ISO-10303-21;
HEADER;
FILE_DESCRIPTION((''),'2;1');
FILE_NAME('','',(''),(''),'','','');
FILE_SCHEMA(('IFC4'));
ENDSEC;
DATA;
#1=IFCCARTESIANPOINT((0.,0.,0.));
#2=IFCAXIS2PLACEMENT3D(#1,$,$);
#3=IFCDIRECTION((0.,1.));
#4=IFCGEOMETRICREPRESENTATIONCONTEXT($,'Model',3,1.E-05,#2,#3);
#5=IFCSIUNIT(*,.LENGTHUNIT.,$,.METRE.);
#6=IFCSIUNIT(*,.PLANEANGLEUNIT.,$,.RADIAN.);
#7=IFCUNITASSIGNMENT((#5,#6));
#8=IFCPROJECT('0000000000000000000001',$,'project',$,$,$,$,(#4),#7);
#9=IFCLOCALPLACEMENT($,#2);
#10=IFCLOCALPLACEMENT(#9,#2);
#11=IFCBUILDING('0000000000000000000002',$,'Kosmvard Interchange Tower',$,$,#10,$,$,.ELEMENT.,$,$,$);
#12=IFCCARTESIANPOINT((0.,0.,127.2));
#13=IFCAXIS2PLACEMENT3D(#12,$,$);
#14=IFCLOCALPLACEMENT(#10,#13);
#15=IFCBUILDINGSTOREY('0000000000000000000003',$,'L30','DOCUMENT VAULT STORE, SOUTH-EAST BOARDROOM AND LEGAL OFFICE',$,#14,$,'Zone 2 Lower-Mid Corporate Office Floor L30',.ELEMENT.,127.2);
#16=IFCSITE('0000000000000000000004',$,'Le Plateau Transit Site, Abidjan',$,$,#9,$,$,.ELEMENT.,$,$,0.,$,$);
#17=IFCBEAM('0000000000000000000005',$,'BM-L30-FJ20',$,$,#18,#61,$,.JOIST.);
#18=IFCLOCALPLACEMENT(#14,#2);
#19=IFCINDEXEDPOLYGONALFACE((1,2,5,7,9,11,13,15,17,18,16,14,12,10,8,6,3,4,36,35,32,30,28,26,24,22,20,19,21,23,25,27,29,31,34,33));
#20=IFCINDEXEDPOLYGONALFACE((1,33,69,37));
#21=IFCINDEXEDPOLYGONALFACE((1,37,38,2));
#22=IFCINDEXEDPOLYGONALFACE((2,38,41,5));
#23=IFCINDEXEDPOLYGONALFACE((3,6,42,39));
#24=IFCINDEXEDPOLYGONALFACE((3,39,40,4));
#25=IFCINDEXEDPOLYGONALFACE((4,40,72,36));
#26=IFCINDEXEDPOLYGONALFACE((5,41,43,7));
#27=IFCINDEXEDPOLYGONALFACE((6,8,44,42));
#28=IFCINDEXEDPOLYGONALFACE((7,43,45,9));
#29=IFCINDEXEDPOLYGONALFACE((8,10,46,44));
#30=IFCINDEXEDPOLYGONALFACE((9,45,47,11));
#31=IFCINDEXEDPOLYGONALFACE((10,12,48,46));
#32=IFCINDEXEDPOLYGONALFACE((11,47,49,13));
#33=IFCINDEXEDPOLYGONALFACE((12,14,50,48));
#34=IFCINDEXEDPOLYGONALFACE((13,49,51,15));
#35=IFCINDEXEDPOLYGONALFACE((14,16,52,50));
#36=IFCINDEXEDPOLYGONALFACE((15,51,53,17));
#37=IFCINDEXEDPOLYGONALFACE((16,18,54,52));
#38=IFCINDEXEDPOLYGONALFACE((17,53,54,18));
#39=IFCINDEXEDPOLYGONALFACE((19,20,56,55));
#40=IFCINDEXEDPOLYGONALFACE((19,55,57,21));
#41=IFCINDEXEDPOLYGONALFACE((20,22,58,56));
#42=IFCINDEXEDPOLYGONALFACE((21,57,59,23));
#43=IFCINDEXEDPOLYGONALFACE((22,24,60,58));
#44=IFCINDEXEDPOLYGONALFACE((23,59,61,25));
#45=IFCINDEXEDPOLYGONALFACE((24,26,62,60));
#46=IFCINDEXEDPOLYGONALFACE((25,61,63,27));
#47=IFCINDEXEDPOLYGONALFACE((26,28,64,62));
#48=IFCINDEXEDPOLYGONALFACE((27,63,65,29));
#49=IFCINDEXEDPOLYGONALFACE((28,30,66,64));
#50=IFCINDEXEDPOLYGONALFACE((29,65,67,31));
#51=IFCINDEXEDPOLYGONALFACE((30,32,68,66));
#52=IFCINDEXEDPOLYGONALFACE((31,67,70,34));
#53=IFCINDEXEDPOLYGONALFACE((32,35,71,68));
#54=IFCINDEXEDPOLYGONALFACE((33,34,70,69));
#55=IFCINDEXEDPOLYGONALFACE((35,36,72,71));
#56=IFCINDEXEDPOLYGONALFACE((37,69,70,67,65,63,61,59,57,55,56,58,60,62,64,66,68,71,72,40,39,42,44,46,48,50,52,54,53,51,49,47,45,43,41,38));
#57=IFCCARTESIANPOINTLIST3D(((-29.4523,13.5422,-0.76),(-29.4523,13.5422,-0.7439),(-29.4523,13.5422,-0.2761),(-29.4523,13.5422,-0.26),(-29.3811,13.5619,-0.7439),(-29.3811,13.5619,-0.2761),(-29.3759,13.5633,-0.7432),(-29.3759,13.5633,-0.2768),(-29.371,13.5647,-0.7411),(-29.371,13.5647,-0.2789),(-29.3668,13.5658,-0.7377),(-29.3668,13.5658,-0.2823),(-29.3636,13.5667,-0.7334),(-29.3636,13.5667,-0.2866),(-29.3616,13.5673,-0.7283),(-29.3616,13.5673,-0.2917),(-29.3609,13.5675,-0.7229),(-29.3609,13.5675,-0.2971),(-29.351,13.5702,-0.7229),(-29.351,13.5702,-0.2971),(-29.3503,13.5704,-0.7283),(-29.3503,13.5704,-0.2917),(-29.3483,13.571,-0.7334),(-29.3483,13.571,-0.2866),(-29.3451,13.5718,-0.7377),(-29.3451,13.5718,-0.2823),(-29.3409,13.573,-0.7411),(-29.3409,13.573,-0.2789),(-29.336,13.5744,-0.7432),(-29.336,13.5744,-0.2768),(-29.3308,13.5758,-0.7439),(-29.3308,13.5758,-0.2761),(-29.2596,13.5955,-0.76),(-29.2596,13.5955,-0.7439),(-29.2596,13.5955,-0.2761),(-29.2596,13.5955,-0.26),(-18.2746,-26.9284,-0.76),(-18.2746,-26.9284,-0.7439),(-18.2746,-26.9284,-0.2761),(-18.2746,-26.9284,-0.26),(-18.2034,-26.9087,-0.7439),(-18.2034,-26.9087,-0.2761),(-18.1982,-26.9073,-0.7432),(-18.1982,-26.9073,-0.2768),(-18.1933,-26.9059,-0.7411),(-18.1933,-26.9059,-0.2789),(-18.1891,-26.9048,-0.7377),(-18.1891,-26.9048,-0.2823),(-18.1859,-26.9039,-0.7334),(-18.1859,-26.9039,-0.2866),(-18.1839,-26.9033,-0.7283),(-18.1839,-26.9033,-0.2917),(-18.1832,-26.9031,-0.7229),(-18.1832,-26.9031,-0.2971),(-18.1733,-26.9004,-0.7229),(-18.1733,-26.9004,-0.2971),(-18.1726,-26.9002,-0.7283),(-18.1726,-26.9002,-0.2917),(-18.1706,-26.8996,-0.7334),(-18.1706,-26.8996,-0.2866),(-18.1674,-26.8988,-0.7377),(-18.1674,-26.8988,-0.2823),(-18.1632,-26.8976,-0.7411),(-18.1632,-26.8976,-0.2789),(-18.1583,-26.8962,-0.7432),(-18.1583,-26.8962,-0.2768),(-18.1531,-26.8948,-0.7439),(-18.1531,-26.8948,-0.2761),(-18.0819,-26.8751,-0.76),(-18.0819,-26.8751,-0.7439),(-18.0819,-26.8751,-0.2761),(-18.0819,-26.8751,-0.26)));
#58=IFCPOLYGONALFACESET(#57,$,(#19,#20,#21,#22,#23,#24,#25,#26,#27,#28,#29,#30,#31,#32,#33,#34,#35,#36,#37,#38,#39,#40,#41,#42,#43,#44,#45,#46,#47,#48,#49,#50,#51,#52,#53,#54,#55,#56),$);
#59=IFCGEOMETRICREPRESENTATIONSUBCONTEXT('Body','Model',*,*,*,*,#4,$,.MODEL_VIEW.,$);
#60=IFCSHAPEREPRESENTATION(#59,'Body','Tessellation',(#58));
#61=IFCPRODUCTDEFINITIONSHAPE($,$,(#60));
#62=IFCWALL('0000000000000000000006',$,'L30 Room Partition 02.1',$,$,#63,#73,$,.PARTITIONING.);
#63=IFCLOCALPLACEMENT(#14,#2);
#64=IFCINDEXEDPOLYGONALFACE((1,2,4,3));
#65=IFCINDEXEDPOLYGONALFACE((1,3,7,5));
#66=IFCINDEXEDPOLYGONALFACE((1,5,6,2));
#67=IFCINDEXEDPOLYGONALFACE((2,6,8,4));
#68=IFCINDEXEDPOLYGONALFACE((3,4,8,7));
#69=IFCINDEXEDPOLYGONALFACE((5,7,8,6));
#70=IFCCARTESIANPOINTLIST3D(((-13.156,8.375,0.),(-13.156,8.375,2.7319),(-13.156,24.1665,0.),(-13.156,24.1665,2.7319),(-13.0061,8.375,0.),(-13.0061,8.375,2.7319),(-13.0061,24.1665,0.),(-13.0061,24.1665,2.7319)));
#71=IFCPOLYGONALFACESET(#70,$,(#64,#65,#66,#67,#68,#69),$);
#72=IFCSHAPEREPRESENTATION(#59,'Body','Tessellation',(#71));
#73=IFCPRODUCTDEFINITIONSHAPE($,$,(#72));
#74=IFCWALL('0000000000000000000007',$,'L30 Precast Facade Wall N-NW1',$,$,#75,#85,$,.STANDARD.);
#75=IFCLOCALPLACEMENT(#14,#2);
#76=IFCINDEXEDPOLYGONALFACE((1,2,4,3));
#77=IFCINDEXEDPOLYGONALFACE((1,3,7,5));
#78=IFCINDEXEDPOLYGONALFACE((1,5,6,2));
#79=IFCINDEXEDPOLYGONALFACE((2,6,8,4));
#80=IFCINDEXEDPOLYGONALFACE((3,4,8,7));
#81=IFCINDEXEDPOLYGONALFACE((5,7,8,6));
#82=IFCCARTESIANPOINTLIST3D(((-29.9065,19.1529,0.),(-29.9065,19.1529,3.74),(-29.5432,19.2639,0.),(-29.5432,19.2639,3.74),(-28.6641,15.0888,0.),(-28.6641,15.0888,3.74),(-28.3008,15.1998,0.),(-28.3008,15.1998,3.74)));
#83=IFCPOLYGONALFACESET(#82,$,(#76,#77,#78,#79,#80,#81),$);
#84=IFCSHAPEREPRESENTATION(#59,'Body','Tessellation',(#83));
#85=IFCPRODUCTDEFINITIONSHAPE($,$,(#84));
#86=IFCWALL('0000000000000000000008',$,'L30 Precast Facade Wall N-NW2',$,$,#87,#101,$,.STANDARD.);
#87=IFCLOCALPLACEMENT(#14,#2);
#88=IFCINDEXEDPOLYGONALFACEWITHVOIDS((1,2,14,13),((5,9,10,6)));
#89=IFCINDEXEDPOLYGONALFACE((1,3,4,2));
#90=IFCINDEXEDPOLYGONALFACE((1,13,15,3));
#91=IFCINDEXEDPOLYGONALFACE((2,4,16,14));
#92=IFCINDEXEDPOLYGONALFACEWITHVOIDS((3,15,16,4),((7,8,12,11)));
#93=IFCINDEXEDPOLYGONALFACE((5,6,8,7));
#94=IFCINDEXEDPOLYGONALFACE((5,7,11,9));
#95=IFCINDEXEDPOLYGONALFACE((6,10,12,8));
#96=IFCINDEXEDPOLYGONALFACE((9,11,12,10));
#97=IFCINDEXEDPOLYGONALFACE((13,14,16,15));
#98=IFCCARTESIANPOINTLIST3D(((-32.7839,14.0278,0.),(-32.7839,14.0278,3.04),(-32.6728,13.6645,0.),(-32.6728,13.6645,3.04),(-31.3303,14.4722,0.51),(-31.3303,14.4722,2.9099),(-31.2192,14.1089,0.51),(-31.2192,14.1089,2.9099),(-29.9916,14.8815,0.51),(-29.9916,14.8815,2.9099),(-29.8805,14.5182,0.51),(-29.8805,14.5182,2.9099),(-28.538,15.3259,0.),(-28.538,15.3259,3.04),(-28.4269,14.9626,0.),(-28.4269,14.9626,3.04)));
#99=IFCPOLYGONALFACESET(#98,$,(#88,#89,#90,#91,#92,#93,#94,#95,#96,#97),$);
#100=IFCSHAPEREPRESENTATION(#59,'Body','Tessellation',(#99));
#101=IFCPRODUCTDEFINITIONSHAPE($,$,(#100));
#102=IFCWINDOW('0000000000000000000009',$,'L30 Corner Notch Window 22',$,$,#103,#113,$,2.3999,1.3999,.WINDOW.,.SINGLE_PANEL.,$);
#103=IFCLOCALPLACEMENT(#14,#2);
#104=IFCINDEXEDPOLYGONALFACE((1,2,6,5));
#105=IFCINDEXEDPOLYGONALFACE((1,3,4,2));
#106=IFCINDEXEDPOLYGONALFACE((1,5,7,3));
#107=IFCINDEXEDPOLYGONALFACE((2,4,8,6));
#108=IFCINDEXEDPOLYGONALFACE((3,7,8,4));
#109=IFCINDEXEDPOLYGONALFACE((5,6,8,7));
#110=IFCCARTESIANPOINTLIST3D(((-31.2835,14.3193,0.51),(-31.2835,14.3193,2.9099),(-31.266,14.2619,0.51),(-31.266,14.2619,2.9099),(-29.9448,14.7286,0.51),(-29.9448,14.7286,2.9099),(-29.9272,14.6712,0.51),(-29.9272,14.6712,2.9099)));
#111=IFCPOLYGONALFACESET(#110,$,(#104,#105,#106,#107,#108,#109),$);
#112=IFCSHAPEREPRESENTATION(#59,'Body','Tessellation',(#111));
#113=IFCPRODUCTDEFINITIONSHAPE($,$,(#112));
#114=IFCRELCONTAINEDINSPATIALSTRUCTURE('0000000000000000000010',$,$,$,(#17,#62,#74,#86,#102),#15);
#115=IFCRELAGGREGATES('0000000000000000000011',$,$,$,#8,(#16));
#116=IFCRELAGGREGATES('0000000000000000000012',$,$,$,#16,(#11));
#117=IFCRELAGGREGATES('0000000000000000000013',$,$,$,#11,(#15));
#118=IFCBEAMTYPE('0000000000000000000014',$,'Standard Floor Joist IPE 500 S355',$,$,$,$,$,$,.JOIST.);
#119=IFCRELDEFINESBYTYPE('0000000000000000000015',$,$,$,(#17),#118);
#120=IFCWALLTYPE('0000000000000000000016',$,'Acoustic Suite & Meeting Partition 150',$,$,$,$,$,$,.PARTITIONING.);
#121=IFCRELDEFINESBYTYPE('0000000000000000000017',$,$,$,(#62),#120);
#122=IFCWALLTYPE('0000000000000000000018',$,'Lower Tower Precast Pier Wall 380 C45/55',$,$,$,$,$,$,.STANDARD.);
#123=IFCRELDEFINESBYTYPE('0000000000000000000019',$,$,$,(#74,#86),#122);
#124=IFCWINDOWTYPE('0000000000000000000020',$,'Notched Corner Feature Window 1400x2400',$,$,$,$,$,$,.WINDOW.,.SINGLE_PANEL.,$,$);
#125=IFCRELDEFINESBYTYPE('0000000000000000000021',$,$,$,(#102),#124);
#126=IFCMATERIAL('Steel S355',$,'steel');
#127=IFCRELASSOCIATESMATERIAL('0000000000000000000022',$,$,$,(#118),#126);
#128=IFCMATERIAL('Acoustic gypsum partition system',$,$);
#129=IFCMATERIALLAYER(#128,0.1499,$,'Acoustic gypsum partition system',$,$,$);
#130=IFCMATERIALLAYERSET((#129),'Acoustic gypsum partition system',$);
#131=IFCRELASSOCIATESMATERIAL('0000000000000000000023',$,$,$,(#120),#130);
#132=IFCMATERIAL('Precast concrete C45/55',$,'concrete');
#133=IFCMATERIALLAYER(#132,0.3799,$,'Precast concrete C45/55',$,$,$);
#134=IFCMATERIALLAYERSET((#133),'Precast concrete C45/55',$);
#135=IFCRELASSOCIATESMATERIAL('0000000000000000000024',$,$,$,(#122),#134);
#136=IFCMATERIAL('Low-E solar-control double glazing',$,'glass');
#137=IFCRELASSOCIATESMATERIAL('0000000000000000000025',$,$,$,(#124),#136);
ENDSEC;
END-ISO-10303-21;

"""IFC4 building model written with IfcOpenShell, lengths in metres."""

from ifc_helpers import new_model, si_unit, direction, frame, frame_2d, origin, origin_2d, place, context, subcontext, project, spatial, rectangle, i_section, extrude, source, transform, mapped, material, layer, layer_set, material_profile, profile_set, type_object, element, fill, save


model = new_model("IFC4")

# Units and contexts
model_context = context("Model", 3, precision=1e-05, world=origin(), true_north=direction((0.0, 1.0)))
body_context = subcontext(model_context, "Body", "Model", "MODEL_VIEW")
ifc_project = project(units=[si_unit("LENGTHUNIT", "METRE"), si_unit("PLANEANGLEUNIT", "RADIAN")], contexts=[model_context])

# Site, building, storey
site_placement = place(None, origin())
site = spatial("IfcSite", under=ifc_project, at=site_placement, Name="Le Plateau Transit Site, Abidjan", CompositionType="ELEMENT", RefElevation=0.0)
building_placement = place(site_placement, origin())
building = spatial("IfcBuilding", under=site, at=building_placement, Name="Kosmvard Interchange Tower", CompositionType="ELEMENT")
storey_placement = place(building_placement, frame((0.0, 0.0, 127.2)))
storey = spatial("IfcBuildingStorey", under=building, at=storey_placement, Name="L30", Description="DOCUMENT VAULT STORE, SOUTH-EAST BOARDROOM AND LEGAL OFFICE", LongName="Zone 2 Lower-Mid Corporate Office Floor L30", CompositionType="ELEMENT", Elevation=127.2)

# Beam
ifc_material_1 = material(Name="Steel S355", Category="steel")
ifc_material_2 = material(Name="Precast concrete C45/55", Category="concrete")
ifc_material_profile_1 = material_profile(ifc_material_1, i_section(OverallWidth=0.2, OverallDepth=0.5, WebThickness=0.0103, FlangeThickness=0.0161, FilletRadius=0.021, at=origin_2d()), Name="IPE 500")
ifc_profile_set_1 = profile_set([ifc_material_profile_1], Name="Steel S355")
beam_type_1 = type_object("IfcBeamType", Name="Standard Floor Joist IPE 500 S355", PredefinedType="JOIST", material=ifc_profile_set_1)
shared_shape_1 = source(origin(), body_context, "Body", "SweptSolid", [
    extrude(i_section(OverallWidth=0.2, OverallDepth=0.5, WebThickness=0.0103, FlangeThickness=0.0161, FilletRadius=0.021, at=origin_2d()), origin(), (0.0, 0.0, 1.0), 41.9858),
])
beam_1_placement = place(storey_placement, frame((-29.356, 13.5688, -0.51), z_axis=(0.266226, -0.963911, 0.0), x_axis=(0.963911, 0.266226, 0.0)))
element("IfcBeam", 1, at=beam_1_placement, inside=storey, type_object=beam_type_1, Name="BM-L30-FJ20", PredefinedType="JOIST", context=body_context, shape_type="MappedRepresentation", body=[
    mapped(shared_shape_1, transform((0.0, 0.0, 0.0), scale=1.0)),
])

# Walls
ifc_material_3 = material(Name="Acoustic gypsum partition system")
ifc_layer_1 = layer(ifc_material_3, 0.1499, Name="Acoustic gypsum partition system")
ifc_layer_set_1 = layer_set([ifc_layer_1], Name="Acoustic gypsum partition system")
wall_type_1 = type_object("IfcWallType", Name="Acoustic Suite & Meeting Partition 150", PredefinedType="PARTITIONING", material=ifc_layer_set_1)
wall_1_placement = place(storey_placement, frame((-13.0811, 8.375, 0.0), z_axis=(0.0, 0.0, 1.0), x_axis=(0.0, 1.0, 0.0)))
element("IfcWall", 2, at=wall_1_placement, inside=storey, type_object=wall_type_1, Name="L30 Room Partition 02.1", PredefinedType="PARTITIONING", context=body_context, shape_type="SweptSolid", body=[
    extrude(rectangle(XDim=15.7915, YDim=0.1499, at=frame_2d((7.8958, 0.0))), origin(), (0.0, 0.0, 1.0), 2.7319),
])
ifc_layer_2 = layer(ifc_material_2, 0.3799, Name="Precast concrete C45/55")
ifc_layer_set_2 = layer_set([ifc_layer_2], Name="Precast concrete C45/55")
wall_type_2 = type_object("IfcWallType", Name="Lower Tower Precast Pier Wall 380 C45/55", PredefinedType="STANDARD", material=ifc_layer_set_2)
wall_2_placement = place(storey_placement, frame((-29.7249, 19.2085, 0.0), z_axis=(0.0, 0.0, 1.0), x_axis=(0.292346, -0.956313, 0.0)))
element("IfcWall", 3, at=wall_2_placement, inside=storey, type_object=wall_type_2, Name="L30 Precast Facade Wall N-NW1", PredefinedType="STANDARD", context=body_context, shape_type="SweptSolid", body=[
    extrude(rectangle(XDim=4.2498, YDim=0.3799, at=frame_2d((2.125, 0.0))), origin(), (0.0, 0.0, 1.0), 3.74),
])

# Wall, opening, window
wall_3_placement = place(storey_placement, frame((-28.4824, 15.1443, 0.0), z_axis=(0.0, 0.0, 1.0), x_axis=(-0.956304, -0.292374, 0.0)))
wall_3 = element("IfcWall", 4, at=wall_3_placement, inside=storey, type_object=wall_type_2, Name="L30 Precast Facade Wall N-NW2", PredefinedType="STANDARD", context=body_context, shape_type="SweptSolid", body=[
    extrude(rectangle(XDim=4.4399, YDim=0.3799, at=frame_2d((2.22, 0.0))), origin(), (0.0, 0.0, 1.0), 3.04),
])
opening_1_placement = place(wall_3_placement, frame((1.52, 0.0, 0.51)))
opening_1 = element("IfcOpeningElement", 5, at=opening_1_placement, cuts=wall_3, PredefinedType="OPENING", context=body_context, shape_type="SweptSolid", body=[
    extrude(rectangle(XDim=1.3999, YDim=2.3999, at=frame_2d((0.7, 1.2))), frame((0.0, 0.2, 0.0), z_axis=(0.0, -1.0, 0.0), x_axis=(1.0, 0.0, 0.0)), (0.0, 0.0, 1.0), 0.3999),
])
ifc_material_4 = material(Name="Low-E solar-control double glazing", Category="glass")
window_type_1 = type_object("IfcWindowType", Name="Notched Corner Feature Window 1400x2400", PartitioningType="SINGLE_PANEL", PredefinedType="WINDOW", material=ifc_material_4)
shared_shape_2 = source(origin(), body_context, "Body", "SweptSolid", [
    extrude(rectangle(XDim=1.3999, YDim=2.3999, at=frame_2d((0.7, 1.2))), frame((0.0, 0.03, 0.0), z_axis=(0.0, -1.0, 0.0), x_axis=(1.0, 0.0, 0.0)), (0.0, 0.0, 1.0), 0.0601),
])
window_1_placement = place(opening_1_placement, origin())
window_1 = element("IfcWindow", 6, at=window_1_placement, inside=storey, type_object=window_type_1, Name="L30 Corner Notch Window 22", OverallHeight=2.3999, OverallWidth=1.3999, PartitioningType="SINGLE_PANEL", PredefinedType="WINDOW", context=body_context, shape_type="MappedRepresentation", body=[
    mapped(shared_shape_2, transform((0.0, 0.0, 0.0), scale=1.0)),
])
fill(opening_1, window_1)

save(model, "model.ifc")
